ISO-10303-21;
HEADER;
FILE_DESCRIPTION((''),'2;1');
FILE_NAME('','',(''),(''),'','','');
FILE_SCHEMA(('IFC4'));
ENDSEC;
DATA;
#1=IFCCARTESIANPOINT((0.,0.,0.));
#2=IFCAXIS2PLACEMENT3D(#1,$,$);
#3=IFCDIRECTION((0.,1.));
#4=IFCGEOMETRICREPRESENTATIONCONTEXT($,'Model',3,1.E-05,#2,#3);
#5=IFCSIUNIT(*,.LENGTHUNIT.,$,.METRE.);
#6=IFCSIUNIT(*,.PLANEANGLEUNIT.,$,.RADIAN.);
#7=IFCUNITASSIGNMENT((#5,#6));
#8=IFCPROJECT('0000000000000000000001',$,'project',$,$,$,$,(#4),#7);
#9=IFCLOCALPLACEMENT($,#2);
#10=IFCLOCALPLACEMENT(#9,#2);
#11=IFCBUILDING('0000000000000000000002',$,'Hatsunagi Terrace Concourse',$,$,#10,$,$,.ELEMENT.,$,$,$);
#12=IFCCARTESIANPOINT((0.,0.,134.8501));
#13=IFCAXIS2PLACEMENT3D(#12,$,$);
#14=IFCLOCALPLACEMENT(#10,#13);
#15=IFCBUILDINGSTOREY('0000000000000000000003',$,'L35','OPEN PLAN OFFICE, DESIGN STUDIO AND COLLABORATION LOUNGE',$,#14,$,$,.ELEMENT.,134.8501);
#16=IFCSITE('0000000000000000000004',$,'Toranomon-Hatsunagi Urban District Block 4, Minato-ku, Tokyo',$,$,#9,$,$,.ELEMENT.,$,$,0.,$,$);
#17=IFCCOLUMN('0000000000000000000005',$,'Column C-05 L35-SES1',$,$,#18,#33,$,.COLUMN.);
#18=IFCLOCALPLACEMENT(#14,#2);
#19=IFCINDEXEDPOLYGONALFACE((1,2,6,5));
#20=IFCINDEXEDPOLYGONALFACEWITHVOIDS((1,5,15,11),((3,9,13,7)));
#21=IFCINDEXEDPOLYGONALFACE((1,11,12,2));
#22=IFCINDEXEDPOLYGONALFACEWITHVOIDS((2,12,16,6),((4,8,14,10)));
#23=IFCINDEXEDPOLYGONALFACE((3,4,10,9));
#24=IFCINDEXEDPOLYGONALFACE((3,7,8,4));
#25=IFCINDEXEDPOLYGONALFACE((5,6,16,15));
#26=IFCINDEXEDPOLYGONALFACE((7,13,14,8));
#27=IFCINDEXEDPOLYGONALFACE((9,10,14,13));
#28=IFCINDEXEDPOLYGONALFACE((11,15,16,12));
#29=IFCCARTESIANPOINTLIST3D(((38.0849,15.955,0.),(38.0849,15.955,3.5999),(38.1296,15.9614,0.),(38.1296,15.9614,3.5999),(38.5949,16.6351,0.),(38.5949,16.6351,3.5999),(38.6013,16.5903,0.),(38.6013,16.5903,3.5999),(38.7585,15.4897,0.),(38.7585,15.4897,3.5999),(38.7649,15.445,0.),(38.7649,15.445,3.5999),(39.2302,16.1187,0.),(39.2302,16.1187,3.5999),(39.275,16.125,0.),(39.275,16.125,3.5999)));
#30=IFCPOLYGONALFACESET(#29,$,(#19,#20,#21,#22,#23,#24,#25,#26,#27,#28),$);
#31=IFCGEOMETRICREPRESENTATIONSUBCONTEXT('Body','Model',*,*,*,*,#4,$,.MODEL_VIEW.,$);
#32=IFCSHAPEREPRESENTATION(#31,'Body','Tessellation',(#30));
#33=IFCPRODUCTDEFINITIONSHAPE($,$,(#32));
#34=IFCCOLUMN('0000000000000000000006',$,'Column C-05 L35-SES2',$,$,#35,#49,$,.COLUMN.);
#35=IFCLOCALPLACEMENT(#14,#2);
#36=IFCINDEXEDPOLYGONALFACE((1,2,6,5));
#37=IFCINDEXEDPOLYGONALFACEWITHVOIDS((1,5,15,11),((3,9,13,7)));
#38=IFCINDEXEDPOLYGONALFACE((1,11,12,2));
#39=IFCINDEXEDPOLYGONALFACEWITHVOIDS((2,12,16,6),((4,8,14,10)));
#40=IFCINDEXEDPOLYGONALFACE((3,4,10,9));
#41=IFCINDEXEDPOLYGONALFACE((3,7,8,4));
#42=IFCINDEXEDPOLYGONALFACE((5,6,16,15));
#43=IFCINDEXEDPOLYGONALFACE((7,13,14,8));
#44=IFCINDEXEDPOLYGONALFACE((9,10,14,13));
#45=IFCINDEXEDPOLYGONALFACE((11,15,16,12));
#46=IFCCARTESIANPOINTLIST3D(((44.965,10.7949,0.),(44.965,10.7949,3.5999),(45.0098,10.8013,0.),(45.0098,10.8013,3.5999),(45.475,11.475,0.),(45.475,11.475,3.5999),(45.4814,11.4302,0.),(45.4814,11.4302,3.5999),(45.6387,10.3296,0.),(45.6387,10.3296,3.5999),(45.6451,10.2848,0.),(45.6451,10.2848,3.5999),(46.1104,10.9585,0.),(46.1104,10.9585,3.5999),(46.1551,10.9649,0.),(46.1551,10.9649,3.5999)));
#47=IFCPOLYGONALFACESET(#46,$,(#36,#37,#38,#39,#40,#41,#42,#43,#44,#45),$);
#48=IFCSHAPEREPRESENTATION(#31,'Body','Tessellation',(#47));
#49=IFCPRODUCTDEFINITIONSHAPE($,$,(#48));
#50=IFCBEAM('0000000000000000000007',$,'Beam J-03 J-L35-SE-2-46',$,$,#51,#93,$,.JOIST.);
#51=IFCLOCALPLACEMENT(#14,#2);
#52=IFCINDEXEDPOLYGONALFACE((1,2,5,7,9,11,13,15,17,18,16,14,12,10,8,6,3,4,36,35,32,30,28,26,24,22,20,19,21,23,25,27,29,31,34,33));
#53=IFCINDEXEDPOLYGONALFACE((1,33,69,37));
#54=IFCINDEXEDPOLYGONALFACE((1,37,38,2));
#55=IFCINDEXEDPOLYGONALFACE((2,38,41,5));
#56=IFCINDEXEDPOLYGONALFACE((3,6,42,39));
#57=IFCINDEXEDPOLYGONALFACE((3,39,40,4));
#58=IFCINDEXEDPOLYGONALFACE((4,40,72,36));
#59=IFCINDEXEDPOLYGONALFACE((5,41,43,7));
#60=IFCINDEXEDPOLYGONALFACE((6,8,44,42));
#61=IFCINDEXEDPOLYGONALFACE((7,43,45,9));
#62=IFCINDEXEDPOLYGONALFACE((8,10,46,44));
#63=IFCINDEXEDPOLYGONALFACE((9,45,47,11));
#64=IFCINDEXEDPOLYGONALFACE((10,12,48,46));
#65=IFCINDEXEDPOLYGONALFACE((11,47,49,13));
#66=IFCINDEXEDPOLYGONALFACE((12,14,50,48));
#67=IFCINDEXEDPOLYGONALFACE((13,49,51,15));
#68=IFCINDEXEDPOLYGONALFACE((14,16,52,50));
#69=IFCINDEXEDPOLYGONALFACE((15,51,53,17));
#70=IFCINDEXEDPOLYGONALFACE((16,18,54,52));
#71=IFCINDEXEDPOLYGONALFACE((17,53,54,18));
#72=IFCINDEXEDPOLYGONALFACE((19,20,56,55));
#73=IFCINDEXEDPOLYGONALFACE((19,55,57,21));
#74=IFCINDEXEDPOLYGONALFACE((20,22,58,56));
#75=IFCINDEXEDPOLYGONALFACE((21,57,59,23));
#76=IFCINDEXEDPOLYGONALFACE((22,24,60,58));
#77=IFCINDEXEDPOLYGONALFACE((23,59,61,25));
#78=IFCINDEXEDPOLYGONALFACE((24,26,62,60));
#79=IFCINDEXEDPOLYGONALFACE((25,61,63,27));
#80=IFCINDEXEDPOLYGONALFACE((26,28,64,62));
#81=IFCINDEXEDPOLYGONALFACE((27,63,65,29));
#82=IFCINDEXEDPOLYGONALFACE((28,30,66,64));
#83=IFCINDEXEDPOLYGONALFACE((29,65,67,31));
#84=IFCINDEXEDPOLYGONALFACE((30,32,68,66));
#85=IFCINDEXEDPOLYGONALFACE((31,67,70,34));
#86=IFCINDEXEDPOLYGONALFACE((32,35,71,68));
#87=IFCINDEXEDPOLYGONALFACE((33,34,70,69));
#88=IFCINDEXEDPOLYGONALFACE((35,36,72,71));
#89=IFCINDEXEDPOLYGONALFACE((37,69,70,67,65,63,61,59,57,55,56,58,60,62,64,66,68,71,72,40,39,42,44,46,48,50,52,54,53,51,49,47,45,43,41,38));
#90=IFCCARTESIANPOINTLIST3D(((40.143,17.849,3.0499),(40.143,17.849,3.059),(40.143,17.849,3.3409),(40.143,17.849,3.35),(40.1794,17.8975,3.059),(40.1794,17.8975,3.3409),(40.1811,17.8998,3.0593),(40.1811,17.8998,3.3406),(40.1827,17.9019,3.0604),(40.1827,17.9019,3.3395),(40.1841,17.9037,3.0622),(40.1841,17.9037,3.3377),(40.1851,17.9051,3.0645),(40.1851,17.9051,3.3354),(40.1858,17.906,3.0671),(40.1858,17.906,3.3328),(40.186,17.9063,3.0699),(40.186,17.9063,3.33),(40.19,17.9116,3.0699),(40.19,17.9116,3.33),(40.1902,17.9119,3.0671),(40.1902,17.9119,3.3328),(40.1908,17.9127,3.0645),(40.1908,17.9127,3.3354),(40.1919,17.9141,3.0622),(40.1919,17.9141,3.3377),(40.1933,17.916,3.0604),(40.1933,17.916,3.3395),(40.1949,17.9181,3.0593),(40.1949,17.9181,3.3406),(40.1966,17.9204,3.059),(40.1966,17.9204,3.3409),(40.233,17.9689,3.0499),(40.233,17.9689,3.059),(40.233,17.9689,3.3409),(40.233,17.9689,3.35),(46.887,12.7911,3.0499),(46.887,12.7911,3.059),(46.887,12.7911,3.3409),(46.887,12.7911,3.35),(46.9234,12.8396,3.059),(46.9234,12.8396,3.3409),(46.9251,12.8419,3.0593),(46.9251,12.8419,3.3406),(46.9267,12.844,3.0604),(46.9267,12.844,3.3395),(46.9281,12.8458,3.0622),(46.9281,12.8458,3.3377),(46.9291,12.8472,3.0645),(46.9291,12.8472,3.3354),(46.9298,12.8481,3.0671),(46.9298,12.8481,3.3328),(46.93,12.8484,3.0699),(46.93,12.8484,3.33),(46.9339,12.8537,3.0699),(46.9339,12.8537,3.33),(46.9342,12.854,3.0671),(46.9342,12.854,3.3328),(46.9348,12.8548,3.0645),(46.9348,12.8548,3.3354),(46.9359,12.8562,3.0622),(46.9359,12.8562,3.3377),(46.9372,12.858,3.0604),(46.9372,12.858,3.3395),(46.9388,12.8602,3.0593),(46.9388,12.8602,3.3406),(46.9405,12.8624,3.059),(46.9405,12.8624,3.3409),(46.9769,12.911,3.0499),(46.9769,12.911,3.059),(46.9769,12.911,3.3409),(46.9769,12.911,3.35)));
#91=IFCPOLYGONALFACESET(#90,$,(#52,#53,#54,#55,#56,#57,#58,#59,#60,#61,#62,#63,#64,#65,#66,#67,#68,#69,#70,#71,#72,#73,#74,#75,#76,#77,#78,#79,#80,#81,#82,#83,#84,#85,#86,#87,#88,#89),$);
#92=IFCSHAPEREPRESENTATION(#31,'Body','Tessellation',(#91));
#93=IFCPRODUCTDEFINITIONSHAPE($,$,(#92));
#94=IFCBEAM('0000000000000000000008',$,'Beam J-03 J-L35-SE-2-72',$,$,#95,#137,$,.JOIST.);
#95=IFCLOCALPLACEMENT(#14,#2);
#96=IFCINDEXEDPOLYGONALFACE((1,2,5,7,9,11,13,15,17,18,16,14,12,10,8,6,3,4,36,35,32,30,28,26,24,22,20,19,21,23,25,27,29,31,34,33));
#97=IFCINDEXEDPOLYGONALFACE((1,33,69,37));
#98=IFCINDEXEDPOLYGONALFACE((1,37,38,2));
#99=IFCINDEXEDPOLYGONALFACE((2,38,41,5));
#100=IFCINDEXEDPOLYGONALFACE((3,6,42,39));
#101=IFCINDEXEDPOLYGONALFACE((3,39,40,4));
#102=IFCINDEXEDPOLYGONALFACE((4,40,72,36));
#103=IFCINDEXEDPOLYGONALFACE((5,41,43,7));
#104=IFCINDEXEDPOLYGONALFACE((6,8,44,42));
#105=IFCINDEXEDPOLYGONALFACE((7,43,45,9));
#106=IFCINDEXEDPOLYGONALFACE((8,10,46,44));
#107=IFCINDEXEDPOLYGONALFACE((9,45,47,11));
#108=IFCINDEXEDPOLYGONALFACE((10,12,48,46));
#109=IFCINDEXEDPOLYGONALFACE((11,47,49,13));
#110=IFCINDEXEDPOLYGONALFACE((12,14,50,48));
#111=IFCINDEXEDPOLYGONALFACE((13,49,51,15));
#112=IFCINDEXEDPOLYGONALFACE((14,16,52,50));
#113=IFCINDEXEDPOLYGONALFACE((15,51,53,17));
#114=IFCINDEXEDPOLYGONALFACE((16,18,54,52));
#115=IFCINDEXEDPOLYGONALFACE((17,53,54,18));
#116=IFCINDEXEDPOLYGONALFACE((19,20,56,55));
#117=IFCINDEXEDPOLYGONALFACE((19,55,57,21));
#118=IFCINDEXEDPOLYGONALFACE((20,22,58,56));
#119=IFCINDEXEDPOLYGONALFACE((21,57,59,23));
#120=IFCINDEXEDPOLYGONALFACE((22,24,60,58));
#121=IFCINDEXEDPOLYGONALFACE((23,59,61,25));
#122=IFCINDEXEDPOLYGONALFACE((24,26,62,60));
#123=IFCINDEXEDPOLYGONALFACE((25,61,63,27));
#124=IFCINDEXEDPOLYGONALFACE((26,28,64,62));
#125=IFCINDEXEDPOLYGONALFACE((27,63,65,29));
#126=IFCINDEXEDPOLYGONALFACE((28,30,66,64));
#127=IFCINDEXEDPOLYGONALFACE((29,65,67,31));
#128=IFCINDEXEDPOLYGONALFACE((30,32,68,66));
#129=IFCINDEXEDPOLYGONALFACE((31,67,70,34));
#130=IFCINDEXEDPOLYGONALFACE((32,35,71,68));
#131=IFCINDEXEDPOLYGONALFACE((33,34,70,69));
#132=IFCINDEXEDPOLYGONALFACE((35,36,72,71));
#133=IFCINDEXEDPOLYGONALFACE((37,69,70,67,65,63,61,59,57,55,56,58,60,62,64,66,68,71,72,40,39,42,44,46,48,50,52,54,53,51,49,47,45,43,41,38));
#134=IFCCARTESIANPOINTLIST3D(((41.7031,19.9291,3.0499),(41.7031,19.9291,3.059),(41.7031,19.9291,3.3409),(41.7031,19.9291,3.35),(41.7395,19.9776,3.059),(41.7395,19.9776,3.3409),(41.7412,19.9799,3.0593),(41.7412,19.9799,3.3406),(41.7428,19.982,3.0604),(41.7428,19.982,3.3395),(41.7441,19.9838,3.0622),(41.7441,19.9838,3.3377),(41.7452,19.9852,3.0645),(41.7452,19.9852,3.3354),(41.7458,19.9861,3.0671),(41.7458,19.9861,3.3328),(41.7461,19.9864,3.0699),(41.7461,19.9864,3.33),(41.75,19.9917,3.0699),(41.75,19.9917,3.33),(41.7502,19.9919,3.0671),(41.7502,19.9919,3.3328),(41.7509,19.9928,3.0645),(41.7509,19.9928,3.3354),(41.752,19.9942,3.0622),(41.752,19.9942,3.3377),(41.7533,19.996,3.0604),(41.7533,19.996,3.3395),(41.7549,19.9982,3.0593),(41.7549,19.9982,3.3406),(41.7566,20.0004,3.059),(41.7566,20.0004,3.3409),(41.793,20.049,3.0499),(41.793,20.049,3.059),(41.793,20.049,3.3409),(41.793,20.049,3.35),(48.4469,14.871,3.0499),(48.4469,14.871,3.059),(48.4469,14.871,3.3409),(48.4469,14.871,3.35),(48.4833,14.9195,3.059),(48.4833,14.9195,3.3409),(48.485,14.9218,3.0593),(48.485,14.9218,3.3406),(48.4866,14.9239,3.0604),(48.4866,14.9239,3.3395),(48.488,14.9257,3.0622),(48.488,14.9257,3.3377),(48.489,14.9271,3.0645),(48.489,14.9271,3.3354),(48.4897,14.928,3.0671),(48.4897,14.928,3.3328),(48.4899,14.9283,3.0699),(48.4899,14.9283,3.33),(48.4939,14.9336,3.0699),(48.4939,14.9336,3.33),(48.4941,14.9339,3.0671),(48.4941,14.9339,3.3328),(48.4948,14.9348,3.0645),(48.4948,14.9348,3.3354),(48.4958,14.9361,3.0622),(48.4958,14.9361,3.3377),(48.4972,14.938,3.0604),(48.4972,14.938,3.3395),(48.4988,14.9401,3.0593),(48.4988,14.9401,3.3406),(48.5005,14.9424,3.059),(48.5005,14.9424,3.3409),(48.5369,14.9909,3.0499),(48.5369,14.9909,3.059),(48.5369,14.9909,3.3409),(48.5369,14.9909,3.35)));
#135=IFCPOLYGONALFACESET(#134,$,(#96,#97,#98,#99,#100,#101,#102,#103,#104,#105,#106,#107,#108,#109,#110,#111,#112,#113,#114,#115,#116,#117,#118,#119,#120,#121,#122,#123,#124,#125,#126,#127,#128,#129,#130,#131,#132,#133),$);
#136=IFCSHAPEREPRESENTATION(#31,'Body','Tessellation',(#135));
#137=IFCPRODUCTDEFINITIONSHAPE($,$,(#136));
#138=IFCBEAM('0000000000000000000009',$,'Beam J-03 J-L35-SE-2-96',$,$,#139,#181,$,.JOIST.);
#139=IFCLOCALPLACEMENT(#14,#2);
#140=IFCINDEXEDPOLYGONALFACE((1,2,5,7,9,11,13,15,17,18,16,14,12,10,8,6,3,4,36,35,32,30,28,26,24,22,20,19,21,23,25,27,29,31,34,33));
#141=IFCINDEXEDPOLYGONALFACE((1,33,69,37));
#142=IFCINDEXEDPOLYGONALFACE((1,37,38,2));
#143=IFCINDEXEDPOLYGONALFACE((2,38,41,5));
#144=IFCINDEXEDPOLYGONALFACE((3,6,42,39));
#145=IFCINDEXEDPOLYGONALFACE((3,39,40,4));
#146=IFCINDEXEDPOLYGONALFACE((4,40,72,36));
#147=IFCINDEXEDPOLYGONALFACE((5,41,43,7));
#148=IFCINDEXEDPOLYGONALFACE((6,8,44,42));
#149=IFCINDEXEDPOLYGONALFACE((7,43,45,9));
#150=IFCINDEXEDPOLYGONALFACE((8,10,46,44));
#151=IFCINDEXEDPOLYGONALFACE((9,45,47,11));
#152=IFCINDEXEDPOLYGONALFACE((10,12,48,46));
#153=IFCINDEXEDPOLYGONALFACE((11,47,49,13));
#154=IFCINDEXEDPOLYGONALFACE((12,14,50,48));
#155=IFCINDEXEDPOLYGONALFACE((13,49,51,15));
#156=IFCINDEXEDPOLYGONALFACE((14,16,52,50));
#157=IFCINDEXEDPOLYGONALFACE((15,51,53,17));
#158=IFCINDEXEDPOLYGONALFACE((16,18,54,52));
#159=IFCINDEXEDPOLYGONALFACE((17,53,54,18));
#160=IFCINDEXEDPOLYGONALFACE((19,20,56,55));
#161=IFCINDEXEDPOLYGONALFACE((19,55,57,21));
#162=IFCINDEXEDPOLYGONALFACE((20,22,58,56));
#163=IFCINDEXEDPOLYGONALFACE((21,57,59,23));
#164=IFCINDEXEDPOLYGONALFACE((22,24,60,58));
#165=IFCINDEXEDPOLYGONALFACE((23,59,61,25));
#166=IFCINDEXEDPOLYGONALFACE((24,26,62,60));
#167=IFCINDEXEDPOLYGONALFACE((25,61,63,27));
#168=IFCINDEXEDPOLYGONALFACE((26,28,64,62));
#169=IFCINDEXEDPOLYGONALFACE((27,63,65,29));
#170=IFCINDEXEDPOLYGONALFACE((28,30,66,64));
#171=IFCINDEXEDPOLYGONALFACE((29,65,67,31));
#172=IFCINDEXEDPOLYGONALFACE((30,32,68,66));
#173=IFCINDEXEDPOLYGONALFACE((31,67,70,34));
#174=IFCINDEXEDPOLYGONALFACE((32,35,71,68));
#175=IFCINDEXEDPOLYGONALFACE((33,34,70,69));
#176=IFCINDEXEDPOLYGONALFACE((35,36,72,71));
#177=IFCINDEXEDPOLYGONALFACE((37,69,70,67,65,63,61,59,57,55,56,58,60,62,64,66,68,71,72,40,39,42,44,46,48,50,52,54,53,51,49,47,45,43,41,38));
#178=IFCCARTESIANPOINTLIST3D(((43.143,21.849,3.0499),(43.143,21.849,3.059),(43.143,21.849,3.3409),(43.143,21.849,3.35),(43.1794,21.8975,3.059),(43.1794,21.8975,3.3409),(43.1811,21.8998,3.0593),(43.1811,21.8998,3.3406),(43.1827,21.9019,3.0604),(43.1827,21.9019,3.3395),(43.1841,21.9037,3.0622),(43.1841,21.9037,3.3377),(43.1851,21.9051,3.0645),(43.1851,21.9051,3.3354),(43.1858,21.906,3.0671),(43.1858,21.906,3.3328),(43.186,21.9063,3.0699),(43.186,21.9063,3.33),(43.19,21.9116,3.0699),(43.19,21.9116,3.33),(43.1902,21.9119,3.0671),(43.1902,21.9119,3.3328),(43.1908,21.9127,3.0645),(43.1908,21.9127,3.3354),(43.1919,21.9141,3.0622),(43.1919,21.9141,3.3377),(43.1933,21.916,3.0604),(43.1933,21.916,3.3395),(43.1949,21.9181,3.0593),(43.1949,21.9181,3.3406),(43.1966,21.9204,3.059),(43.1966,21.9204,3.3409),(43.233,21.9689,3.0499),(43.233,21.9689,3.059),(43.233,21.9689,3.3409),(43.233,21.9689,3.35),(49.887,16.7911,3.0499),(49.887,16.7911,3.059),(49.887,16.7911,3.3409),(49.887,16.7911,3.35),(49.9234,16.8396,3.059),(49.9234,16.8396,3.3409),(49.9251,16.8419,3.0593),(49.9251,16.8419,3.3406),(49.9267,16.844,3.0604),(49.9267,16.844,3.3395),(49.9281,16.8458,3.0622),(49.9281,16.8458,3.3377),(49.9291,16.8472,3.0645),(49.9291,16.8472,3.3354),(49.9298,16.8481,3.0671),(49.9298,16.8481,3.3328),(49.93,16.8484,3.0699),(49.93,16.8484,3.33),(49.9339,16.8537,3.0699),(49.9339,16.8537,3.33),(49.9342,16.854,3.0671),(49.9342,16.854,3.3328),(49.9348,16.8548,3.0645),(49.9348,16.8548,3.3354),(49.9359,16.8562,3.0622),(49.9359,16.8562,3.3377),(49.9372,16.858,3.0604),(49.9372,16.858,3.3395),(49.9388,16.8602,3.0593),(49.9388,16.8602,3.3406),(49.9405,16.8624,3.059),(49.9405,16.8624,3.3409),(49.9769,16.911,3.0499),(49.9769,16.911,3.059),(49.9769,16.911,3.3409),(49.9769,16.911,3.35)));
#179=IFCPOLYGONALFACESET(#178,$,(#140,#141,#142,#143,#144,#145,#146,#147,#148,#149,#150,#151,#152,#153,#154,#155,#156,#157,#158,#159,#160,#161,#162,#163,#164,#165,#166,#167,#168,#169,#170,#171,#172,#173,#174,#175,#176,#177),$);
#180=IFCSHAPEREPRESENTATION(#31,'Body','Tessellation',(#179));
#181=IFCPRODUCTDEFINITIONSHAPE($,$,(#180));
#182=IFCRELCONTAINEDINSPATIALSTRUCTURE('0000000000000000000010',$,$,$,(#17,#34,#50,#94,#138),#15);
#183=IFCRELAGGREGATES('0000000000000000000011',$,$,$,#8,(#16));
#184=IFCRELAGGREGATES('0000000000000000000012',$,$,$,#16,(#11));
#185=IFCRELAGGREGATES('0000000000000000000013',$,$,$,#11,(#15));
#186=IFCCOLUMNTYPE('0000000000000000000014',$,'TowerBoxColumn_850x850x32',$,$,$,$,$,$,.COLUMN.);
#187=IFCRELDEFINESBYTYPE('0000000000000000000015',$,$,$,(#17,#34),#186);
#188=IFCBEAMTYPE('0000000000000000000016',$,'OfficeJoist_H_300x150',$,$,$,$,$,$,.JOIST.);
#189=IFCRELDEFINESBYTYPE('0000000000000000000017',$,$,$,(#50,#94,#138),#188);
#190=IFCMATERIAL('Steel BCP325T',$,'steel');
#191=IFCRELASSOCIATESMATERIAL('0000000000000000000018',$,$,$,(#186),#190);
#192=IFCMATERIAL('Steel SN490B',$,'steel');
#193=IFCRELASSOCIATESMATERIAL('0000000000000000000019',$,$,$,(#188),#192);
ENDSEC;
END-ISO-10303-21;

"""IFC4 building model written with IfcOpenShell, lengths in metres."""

from ifc_helpers import new_model, si_unit, direction, frame, origin, origin_2d, place, context, subcontext, project, spatial, hollow_rectangle, i_section, extrude, material, material_profile, profile_set, type_object, element, save


model = new_model("IFC4")

# Units and contexts
model_context = context("Model", 3, precision=1e-05, world=origin(), true_north=direction((0.0, 1.0)))
body_context = subcontext(model_context, "Body", "Model", "MODEL_VIEW")
ifc_project = project(units=[si_unit("LENGTHUNIT", "METRE"), si_unit("PLANEANGLEUNIT", "RADIAN")], contexts=[model_context])

# Site, building, storey
site_placement = place(None, origin())
site = spatial("IfcSite", under=ifc_project, at=site_placement, Name="Toranomon-Hatsunagi Urban District Block 4, Minato-ku, Tokyo", CompositionType="ELEMENT", RefElevation=0.0)
building_placement = place(site_placement, origin())
building = spatial("IfcBuilding", under=site, at=building_placement, Name="Hatsunagi Terrace Concourse", CompositionType="ELEMENT")
storey_placement = place(building_placement, frame((0.0, 0.0, 134.8501)))
storey = spatial("IfcBuildingStorey", under=building, at=storey_placement, Name="L35", Description="OPEN PLAN OFFICE, DESIGN STUDIO AND COLLABORATION LOUNGE", CompositionType="ELEMENT", Elevation=134.8501)

# Columns
ifc_material_1 = material(Name="Steel BCP325T", Category="steel")
ifc_material_profile_1 = material_profile(ifc_material_1, hollow_rectangle(XDim=0.8501, YDim=0.8501, WallThickness=0.032, at=origin_2d()), Name="BCP-850x850x32")
ifc_profile_set_1 = profile_set([ifc_material_profile_1], Name="Steel BCP325T")
column_type = type_object("IfcColumnType", Name="TowerBoxColumn_850x850x32", PredefinedType="COLUMN", material=ifc_profile_set_1)
for number, where, z_axis, x_axis, name in (
    (1, (38.6799, 16.04, 0.0), (0.0, 0.0, 1.0), (0.8, -0.6, 0.0), "Column C-05 L35-SES1"),
    (2, (45.5601, 10.8799, 0.0), (0.0, 0.0, 1.0), (0.8, -0.6, 0.0), "Column C-05 L35-SES2"),
):
    element("IfcColumn", number, at=place(storey_placement, frame(where, z_axis=z_axis, x_axis=x_axis)), inside=storey, type_object=column_type, Name=name, PredefinedType="COLUMN", context=body_context, shape_type="SweptSolid", body=[
        extrude(hollow_rectangle(XDim=0.8501, YDim=0.8501, WallThickness=0.032, at=origin_2d()), origin(), (0.0, 0.0, 1.0), 3.5999),
    ])

# Beams
ifc_material_2 = material(Name="Steel SN490B", Category="steel")
ifc_material_profile_2 = material_profile(ifc_material_2, i_section(OverallWidth=0.1499, OverallDepth=0.3, WebThickness=0.0066, FlangeThickness=0.009, FilletRadius=0.011, at=origin_2d()), Name="H-300x150x6.5x9")
ifc_profile_set_2 = profile_set([ifc_material_profile_2], Name="Steel SN490B")
beam_type_1 = type_object("IfcBeamType", Name="OfficeJoist_H_300x150", PredefinedType="JOIST", material=ifc_profile_set_2)
for number, where, z_axis, x_axis, name in (
    (3, (40.188, 17.9089, 3.2), (0.800003, -0.599995, 0.0), (0.599995, 0.800003, 0.0), "Beam J-03 J-L35-SE-2-46"),
    (4, (41.748, 19.989, 3.2), (0.79999, -0.600014, 0.0), (0.600014, 0.79999, 0.0), "Beam J-03 J-L35-SE-2-72"),
    (5, (43.188, 21.9089, 3.2), (0.800003, -0.599995, 0.0), (0.599995, 0.800003, 0.0), "Beam J-03 J-L35-SE-2-96"),
):
    element("IfcBeam", number, at=place(storey_placement, frame(where, z_axis=z_axis, x_axis=x_axis)), inside=storey, type_object=beam_type_1, Name=name, PredefinedType="JOIST", context=body_context, shape_type="SweptSolid", body=[
        extrude(i_section(OverallWidth=0.1499, OverallDepth=0.3, WebThickness=0.0066, FlangeThickness=0.009, FilletRadius=0.011, at=origin_2d()), origin(), (0.0, 0.0, 1.0), 8.4299),
    ])

save(model, "model.ifc")
